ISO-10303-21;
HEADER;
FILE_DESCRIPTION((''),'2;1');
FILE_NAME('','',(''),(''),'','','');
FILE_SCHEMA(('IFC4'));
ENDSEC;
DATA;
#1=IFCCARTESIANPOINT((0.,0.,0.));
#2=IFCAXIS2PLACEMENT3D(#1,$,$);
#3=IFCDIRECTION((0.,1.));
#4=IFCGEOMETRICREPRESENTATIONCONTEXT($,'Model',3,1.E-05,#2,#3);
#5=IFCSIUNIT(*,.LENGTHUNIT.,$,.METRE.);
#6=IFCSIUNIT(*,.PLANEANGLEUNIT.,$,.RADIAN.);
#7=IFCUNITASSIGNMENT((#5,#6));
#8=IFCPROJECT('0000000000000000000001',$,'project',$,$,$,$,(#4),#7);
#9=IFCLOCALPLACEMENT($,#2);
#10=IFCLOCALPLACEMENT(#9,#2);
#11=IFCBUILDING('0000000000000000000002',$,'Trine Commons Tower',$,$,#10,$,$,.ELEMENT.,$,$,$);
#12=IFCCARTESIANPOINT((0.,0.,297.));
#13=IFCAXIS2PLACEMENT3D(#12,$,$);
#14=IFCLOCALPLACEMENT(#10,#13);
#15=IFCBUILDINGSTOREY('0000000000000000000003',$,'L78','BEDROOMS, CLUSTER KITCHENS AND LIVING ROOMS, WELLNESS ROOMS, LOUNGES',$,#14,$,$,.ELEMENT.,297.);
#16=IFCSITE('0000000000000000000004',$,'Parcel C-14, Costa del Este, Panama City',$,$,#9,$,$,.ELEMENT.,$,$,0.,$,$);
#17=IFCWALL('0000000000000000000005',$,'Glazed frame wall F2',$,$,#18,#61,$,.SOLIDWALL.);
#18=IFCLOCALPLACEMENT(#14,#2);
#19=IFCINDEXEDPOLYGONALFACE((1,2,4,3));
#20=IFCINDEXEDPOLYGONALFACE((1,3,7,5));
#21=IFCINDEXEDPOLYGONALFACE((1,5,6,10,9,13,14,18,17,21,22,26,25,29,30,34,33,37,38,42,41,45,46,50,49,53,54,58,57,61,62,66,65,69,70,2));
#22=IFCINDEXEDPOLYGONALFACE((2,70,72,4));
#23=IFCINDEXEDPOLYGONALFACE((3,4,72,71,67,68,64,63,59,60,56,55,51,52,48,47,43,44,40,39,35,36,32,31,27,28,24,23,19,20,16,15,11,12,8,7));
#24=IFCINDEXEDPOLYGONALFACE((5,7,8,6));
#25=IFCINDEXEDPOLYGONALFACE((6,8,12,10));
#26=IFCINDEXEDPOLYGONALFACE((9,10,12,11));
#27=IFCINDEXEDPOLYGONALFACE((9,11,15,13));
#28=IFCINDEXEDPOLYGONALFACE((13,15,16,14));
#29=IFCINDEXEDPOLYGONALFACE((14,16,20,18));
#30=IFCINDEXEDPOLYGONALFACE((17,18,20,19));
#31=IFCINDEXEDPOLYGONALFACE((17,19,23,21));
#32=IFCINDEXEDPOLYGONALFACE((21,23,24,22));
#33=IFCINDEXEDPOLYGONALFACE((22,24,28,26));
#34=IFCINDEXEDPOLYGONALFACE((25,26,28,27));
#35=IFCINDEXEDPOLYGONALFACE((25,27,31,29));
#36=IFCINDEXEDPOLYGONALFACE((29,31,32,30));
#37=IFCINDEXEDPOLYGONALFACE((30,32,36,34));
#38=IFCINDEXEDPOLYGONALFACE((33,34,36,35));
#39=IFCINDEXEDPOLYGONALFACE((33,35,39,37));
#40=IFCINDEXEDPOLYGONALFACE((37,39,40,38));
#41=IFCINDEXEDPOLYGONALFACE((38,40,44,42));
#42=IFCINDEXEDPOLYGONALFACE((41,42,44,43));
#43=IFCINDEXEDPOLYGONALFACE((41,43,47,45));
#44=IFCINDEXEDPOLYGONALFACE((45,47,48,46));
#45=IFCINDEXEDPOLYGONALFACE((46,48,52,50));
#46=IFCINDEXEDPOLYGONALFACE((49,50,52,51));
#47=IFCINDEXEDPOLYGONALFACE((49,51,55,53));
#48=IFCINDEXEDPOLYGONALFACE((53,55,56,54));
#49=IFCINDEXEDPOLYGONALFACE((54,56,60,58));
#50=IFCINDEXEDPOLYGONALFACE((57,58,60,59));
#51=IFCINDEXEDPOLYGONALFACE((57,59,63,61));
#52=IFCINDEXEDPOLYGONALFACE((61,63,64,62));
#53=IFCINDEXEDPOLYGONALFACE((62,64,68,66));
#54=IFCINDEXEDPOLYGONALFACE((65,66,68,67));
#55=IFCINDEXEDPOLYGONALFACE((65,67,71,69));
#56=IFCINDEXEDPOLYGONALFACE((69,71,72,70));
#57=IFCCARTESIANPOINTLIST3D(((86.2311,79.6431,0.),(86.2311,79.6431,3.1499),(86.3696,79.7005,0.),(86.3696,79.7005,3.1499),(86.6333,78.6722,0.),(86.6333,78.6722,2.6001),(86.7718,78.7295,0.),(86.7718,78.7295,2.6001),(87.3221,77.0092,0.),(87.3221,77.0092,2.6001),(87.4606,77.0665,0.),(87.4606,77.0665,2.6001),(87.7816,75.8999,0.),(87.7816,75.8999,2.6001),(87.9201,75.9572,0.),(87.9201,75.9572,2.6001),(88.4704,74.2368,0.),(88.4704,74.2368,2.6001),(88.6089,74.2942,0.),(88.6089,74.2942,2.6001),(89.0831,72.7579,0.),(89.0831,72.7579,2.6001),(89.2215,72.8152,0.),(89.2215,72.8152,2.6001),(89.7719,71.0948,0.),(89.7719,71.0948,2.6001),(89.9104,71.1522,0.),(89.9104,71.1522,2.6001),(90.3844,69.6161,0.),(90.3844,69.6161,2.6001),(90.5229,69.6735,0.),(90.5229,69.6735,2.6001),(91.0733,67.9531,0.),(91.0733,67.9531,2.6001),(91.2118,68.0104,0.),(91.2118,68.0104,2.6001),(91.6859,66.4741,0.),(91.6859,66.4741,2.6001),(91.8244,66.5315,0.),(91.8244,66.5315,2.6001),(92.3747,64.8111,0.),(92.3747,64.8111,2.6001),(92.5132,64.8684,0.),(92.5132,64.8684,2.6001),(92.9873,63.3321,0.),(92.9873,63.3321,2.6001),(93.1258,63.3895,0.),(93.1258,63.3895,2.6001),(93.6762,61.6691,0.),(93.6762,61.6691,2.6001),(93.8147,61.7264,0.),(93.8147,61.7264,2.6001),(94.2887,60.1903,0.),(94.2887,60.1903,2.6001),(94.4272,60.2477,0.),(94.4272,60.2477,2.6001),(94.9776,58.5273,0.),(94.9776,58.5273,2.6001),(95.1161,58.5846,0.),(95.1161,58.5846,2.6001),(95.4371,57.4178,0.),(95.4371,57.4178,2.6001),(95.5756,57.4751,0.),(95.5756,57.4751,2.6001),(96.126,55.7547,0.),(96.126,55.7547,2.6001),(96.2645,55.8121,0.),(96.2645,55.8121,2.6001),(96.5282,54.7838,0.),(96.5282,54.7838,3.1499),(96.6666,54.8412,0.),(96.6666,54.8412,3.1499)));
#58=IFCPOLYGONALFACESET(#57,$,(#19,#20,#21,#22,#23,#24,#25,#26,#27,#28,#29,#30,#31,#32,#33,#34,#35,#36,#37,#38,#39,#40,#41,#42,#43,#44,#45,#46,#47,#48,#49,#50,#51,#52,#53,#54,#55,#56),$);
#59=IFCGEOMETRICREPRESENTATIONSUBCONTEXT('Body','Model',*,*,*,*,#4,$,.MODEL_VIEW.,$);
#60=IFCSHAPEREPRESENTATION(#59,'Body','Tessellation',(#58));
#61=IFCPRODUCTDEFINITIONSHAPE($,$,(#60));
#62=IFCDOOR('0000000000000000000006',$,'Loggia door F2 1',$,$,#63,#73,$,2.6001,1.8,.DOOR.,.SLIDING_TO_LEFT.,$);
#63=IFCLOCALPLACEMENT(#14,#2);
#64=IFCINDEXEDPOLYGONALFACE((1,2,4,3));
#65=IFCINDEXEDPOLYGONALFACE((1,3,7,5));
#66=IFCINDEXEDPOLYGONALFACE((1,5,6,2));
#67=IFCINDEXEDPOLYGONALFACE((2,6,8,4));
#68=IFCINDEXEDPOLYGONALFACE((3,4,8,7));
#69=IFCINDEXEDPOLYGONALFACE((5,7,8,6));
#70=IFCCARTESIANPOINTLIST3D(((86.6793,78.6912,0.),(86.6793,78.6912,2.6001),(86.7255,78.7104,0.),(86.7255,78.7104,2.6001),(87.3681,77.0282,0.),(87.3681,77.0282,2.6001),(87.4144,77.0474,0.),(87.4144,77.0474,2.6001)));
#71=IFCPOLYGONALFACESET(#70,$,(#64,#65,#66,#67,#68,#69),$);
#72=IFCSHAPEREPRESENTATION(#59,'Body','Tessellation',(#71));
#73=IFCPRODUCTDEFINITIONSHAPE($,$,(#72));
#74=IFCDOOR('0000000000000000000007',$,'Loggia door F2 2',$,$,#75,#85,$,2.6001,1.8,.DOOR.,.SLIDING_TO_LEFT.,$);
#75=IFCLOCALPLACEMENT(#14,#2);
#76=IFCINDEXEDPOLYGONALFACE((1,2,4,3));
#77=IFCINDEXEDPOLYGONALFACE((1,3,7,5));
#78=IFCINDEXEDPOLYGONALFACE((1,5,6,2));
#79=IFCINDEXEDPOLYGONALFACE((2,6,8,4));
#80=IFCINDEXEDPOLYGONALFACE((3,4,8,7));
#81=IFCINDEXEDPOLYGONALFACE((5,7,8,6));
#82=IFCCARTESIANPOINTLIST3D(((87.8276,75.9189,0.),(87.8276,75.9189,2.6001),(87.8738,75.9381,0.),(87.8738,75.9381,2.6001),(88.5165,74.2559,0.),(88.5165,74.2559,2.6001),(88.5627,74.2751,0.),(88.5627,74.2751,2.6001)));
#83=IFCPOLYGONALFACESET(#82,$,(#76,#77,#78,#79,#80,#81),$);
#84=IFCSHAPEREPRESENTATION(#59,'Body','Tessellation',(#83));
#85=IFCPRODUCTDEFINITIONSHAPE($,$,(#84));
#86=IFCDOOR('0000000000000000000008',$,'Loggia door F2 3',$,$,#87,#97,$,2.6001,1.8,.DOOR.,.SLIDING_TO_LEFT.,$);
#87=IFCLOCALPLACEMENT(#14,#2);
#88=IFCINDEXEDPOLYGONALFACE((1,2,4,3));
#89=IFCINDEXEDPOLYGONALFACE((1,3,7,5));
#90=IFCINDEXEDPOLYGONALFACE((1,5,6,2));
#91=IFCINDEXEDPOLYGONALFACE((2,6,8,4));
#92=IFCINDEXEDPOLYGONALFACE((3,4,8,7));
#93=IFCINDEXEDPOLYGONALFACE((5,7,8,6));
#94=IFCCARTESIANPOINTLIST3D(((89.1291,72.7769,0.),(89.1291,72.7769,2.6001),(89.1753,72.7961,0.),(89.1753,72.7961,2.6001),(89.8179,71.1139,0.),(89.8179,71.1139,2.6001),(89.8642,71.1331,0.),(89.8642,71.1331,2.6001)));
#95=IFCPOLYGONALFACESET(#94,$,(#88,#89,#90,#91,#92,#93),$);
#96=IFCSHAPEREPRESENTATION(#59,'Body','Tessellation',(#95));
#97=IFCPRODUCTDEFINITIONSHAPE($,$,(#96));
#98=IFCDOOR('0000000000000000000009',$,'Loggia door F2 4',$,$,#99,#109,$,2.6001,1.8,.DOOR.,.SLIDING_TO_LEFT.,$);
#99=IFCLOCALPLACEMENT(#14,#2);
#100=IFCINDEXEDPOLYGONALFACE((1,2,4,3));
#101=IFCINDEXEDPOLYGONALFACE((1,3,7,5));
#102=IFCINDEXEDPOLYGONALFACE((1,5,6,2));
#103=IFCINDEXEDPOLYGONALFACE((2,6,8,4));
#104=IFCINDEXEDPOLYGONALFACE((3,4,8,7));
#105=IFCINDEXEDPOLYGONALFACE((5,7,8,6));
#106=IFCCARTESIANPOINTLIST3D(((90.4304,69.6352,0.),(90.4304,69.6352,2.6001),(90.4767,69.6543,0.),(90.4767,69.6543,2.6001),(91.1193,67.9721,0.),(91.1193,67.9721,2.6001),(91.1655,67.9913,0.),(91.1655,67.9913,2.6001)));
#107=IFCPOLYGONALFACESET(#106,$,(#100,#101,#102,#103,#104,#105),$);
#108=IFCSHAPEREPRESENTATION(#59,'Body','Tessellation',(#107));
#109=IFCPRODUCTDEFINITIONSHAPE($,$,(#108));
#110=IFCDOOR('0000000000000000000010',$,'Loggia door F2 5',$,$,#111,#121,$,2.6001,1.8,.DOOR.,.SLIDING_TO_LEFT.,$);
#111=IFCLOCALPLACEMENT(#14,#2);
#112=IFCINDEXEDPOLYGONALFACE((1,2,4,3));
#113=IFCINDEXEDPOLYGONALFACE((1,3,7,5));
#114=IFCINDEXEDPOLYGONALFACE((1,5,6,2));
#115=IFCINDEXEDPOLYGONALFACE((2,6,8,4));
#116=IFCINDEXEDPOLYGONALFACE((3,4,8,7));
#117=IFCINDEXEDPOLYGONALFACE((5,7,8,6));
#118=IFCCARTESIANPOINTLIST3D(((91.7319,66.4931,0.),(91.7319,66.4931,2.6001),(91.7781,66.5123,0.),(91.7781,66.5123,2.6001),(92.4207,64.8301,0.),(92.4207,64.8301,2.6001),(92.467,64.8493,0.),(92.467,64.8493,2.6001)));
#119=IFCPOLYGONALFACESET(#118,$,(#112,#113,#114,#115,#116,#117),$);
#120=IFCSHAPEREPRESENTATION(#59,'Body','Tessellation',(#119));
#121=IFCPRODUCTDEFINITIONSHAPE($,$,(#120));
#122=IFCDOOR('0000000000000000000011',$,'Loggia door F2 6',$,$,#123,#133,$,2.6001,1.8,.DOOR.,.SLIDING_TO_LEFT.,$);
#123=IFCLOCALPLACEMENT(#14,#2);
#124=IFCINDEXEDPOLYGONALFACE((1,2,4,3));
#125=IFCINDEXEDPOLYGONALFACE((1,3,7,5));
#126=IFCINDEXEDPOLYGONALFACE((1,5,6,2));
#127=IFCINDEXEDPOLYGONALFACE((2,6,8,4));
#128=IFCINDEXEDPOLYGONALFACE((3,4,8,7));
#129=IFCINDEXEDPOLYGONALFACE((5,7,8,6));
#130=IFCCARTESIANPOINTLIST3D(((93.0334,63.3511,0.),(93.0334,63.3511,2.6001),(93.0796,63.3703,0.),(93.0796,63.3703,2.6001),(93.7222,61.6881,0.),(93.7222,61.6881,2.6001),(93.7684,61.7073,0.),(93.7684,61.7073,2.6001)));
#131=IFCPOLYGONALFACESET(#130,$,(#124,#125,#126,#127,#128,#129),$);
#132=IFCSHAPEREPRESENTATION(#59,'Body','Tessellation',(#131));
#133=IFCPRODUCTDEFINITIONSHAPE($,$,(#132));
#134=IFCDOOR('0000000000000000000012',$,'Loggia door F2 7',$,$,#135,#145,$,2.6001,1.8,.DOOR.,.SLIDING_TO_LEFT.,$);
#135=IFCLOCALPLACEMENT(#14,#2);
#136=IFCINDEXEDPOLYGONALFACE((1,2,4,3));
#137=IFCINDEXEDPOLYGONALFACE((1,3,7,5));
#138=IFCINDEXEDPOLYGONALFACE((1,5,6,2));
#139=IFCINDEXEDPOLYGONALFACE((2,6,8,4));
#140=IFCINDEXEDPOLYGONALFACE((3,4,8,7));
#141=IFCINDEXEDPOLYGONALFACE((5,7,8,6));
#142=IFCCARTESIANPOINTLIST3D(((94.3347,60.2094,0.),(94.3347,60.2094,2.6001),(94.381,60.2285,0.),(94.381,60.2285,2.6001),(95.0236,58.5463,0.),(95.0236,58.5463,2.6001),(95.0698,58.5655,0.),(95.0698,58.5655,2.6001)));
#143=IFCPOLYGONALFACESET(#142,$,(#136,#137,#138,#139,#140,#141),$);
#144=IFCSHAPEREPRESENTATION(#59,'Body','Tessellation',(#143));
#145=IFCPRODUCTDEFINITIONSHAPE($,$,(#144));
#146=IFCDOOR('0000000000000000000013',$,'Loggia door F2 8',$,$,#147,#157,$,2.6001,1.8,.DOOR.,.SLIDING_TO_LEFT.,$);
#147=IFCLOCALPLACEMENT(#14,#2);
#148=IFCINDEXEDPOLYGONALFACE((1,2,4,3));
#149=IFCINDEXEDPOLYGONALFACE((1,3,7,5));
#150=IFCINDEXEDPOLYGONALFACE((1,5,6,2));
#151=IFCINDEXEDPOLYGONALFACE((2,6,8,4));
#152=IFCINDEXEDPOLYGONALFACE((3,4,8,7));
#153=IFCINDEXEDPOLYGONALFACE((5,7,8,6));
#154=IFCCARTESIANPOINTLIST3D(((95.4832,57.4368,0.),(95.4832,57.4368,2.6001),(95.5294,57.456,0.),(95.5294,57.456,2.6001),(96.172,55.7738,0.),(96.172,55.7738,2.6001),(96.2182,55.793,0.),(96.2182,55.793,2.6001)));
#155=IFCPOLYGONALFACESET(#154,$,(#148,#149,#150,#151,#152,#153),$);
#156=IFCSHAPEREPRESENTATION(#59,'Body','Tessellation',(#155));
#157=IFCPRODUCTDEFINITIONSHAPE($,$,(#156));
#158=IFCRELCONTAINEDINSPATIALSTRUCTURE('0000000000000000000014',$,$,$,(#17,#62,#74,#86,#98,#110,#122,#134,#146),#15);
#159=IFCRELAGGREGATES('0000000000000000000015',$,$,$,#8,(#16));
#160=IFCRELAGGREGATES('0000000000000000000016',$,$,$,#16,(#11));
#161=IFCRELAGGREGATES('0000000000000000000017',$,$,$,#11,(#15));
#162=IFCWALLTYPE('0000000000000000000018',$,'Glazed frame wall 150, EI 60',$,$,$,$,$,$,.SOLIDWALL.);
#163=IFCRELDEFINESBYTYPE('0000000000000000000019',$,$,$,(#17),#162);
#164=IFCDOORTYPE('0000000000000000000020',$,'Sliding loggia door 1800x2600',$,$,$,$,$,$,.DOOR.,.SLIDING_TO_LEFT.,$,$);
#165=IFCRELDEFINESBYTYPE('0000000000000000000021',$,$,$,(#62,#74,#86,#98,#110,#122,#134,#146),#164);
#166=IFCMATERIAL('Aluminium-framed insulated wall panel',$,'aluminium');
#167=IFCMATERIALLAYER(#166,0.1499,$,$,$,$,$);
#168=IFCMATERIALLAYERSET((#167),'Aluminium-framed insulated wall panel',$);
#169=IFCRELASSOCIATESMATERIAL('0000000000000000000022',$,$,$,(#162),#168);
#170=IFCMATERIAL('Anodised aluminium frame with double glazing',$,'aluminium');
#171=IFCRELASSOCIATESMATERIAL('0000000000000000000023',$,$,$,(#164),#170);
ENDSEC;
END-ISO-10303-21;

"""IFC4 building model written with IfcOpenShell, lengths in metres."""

from ifc_helpers import new_model, si_unit, direction, frame, frame_2d, origin, place, context, subcontext, project, spatial, polyline, rectangle, outline, extrude, material, layer, layer_set, type_object, element, fill, save


model = new_model("IFC4")

# Units and contexts
model_context = context("Model", 3, precision=1e-05, world=origin(), true_north=direction((0.0, 1.0)))
body_context = subcontext(model_context, "Body", "Model", "MODEL_VIEW")
ifc_project = project(units=[si_unit("LENGTHUNIT", "METRE"), si_unit("PLANEANGLEUNIT", "RADIAN")], contexts=[model_context])

# Site, building, storey
site_placement = place(None, origin())
site = spatial("IfcSite", under=ifc_project, at=site_placement, Name="Parcel C-14, Costa del Este, Panama City", CompositionType="ELEMENT", RefElevation=0.0)
building_placement = place(site_placement, origin())
building = spatial("IfcBuilding", under=site, at=building_placement, Name="Trine Commons Tower", CompositionType="ELEMENT")
storey_placement = place(building_placement, frame((0.0, 0.0, 297.0)))
storey = spatial("IfcBuildingStorey", under=building, at=storey_placement, Name="L78", Description="BEDROOMS, CLUSTER KITCHENS AND LIVING ROOMS, WELLNESS ROOMS, LOUNGES", CompositionType="ELEMENT", Elevation=297.0)

# Shared definitions
ifc_material_1 = material(Name="Aluminium-framed insulated wall panel", Category="aluminium")
ifc_layer_1 = layer(ifc_material_1, 0.1499)
ifc_layer_set_1 = layer_set([ifc_layer_1], Name="Aluminium-framed insulated wall panel")
wall_type_1 = type_object("IfcWallType", Name="Glazed frame wall 150, EI 60", PredefinedType="SOLIDWALL", material=ifc_layer_set_1)
ifc_material_2 = material(Name="Anodised aluminium frame with double glazing", Category="aluminium")
door_type = type_object("IfcDoorType", Name="Sliding loggia door 1800x2600", OperationType="SLIDING_TO_LEFT", PredefinedType="DOOR", material=ifc_material_2)

# Wall, openings, doors
wall_1_placement = place(storey_placement, frame((86.2432, 79.8098, 0.0), z_axis=(0.0, 0.0, 1.0), x_axis=(0.382684, -0.923879, 0.0)))
wall_1 = element("IfcWall", 1, at=wall_1_placement, inside=storey, type_object=wall_type_1, Name="Glazed frame wall F2", PredefinedType="SOLIDWALL", context=body_context, shape_type="SweptSolid", body=[
    extrude(outline(polyline([(0.1494, 0.075), (0.1494, -0.075), (27.0569, -0.075), (27.0569, 0.075), (0.1494, 0.075)])), origin(), (0.0, 0.0, 1.0), 3.1499),
])
opening_1_placement = place(wall_1_placement, frame((1.2004, 0.0, 0.0)))
opening_1 = element("IfcOpeningElement", 2, at=opening_1_placement, cuts=wall_1, PredefinedType="OPENING", context=body_context, shape_type="SweptSolid", body=[
    extrude(rectangle(XDim=1.8, YDim=2.6001, at=frame_2d((0.8999, 1.3))), frame((0.0, 0.085, 0.0), z_axis=(0.0, -1.0, 0.0), x_axis=(1.0, 0.0, 0.0)), (0.0, 0.0, 1.0), 0.1699),
])
opening_2_placement = place(wall_1_placement, frame((4.2012, 0.0, 0.0)))
opening_2 = element("IfcOpeningElement", 3, at=opening_2_placement, cuts=wall_1, PredefinedType="OPENING", context=body_context, shape_type="SweptSolid", body=[
    extrude(rectangle(XDim=1.8, YDim=2.6001, at=frame_2d((0.8999, 1.3))), frame((0.0, 0.085, 0.0), z_axis=(0.0, -1.0, 0.0), x_axis=(1.0, 0.0, 0.0)), (0.0, 0.0, 1.0), 0.1699),
])
opening_3_placement = place(wall_1_placement, frame((7.6021, 0.0, 0.0)))
opening_3 = element("IfcOpeningElement", 4, at=opening_3_placement, cuts=wall_1, PredefinedType="OPENING", context=body_context, shape_type="SweptSolid", body=[
    extrude(rectangle(XDim=1.8, YDim=2.6001, at=frame_2d((0.8999, 1.3))), frame((0.0, 0.085, 0.0), z_axis=(0.0, -1.0, 0.0), x_axis=(1.0, 0.0, 0.0)), (0.0, 0.0, 1.0), 0.1699),
])
opening_4_placement = place(wall_1_placement, frame((11.0027, 0.0, 0.0)))
opening_4 = element("IfcOpeningElement", 5, at=opening_4_placement, cuts=wall_1, PredefinedType="OPENING", context=body_context, shape_type="SweptSolid", body=[
    extrude(rectangle(XDim=1.8, YDim=2.6001, at=frame_2d((0.8999, 1.3))), frame((0.0, 0.085, 0.0), z_axis=(0.0, -1.0, 0.0), x_axis=(1.0, 0.0, 0.0)), (0.0, 0.0, 1.0), 0.1699),
])
opening_5_placement = place(wall_1_placement, frame((14.4036, 0.0, 0.0)))
opening_5 = element("IfcOpeningElement", 6, at=opening_5_placement, cuts=wall_1, PredefinedType="OPENING", context=body_context, shape_type="SweptSolid", body=[
    extrude(rectangle(XDim=1.8, YDim=2.6001, at=frame_2d((0.8999, 1.3))), frame((0.0, 0.085, 0.0), z_axis=(0.0, -1.0, 0.0), x_axis=(1.0, 0.0, 0.0)), (0.0, 0.0, 1.0), 0.1699),
])
opening_6_placement = place(wall_1_placement, frame((17.8044, 0.0, 0.0)))
opening_6 = element("IfcOpeningElement", 7, at=opening_6_placement, cuts=wall_1, PredefinedType="OPENING", context=body_context, shape_type="SweptSolid", body=[
    extrude(rectangle(XDim=1.8, YDim=2.6001, at=frame_2d((0.8999, 1.3))), frame((0.0, 0.085, 0.0), z_axis=(0.0, -1.0, 0.0), x_axis=(1.0, 0.0, 0.0)), (0.0, 0.0, 1.0), 0.1699),
])
opening_7_placement = place(wall_1_placement, frame((21.2051, 0.0, 0.0)))
opening_7 = element("IfcOpeningElement", 8, at=opening_7_placement, cuts=wall_1, PredefinedType="OPENING", context=body_context, shape_type="SweptSolid", body=[
    extrude(rectangle(XDim=1.8, YDim=2.6001, at=frame_2d((0.8999, 1.3))), frame((0.0, 0.085, 0.0), z_axis=(0.0, -1.0, 0.0), x_axis=(1.0, 0.0, 0.0)), (0.0, 0.0, 1.0), 0.1699),
])
opening_8_placement = place(wall_1_placement, frame((24.2061, 0.0, 0.0)))
opening_8 = element("IfcOpeningElement", 9, at=opening_8_placement, cuts=wall_1, PredefinedType="OPENING", context=body_context, shape_type="SweptSolid", body=[
    extrude(rectangle(XDim=1.8, YDim=2.6001, at=frame_2d((0.8999, 1.3))), frame((0.0, 0.085, 0.0), z_axis=(0.0, -1.0, 0.0), x_axis=(1.0, 0.0, 0.0)), (0.0, 0.0, 1.0), 0.1699),
])
door_1_placement = place(opening_1_placement, origin())
door_1 = element("IfcDoor", 10, at=door_1_placement, inside=storey, type_object=door_type, Name="Loggia door F2 1", OperationType="SLIDING_TO_LEFT", OverallHeight=2.6001, OverallWidth=1.8, PredefinedType="DOOR", context=body_context, shape_type="SweptSolid", body=[
    extrude(rectangle(XDim=1.8, YDim=2.6001, at=frame_2d((0.8999, 1.3))), frame((0.0, 0.0249, 0.0), z_axis=(0.0, -1.0, 0.0), x_axis=(1.0, 0.0, 0.0)), (0.0, 0.0, 1.0), 0.05),
])
fill(opening_1, door_1)
door_2_placement = place(opening_2_placement, origin())
door_2 = element("IfcDoor", 11, at=door_2_placement, inside=storey, type_object=door_type, Name="Loggia door F2 2", OperationType="SLIDING_TO_LEFT", OverallHeight=2.6001, OverallWidth=1.8, PredefinedType="DOOR", context=body_context, shape_type="SweptSolid", body=[
    extrude(rectangle(XDim=1.8, YDim=2.6001, at=frame_2d((0.8999, 1.3))), frame((0.0, 0.0249, 0.0), z_axis=(0.0, -1.0, 0.0), x_axis=(1.0, 0.0, 0.0)), (0.0, 0.0, 1.0), 0.05),
])
fill(opening_2, door_2)
door_3_placement = place(opening_3_placement, origin())
door_3 = element("IfcDoor", 12, at=door_3_placement, inside=storey, type_object=door_type, Name="Loggia door F2 3", OperationType="SLIDING_TO_LEFT", OverallHeight=2.6001, OverallWidth=1.8, PredefinedType="DOOR", context=body_context, shape_type="SweptSolid", body=[
    extrude(rectangle(XDim=1.8, YDim=2.6001, at=frame_2d((0.8999, 1.3))), frame((0.0, 0.0249, 0.0), z_axis=(0.0, -1.0, 0.0), x_axis=(1.0, 0.0, 0.0)), (0.0, 0.0, 1.0), 0.05),
])
fill(opening_3, door_3)
door_4_placement = place(opening_4_placement, origin())
door_4 = element("IfcDoor", 13, at=door_4_placement, inside=storey, type_object=door_type, Name="Loggia door F2 4", OperationType="SLIDING_TO_LEFT", OverallHeight=2.6001, OverallWidth=1.8, PredefinedType="DOOR", context=body_context, shape_type="SweptSolid", body=[
    extrude(rectangle(XDim=1.8, YDim=2.6001, at=frame_2d((0.8999, 1.3))), frame((0.0, 0.0249, 0.0), z_axis=(0.0, -1.0, 0.0), x_axis=(1.0, 0.0, 0.0)), (0.0, 0.0, 1.0), 0.05),
])
fill(opening_4, door_4)
door_5_placement = place(opening_5_placement, origin())
door_5 = element("IfcDoor", 14, at=door_5_placement, inside=storey, type_object=door_type, Name="Loggia door F2 5", OperationType="SLIDING_TO_LEFT", OverallHeight=2.6001, OverallWidth=1.8, PredefinedType="DOOR", context=body_context, shape_type="SweptSolid", body=[
    extrude(rectangle(XDim=1.8, YDim=2.6001, at=frame_2d((0.8999, 1.3))), frame((0.0, 0.0249, 0.0), z_axis=(0.0, -1.0, 0.0), x_axis=(1.0, 0.0, 0.0)), (0.0, 0.0, 1.0), 0.05),
])
fill(opening_5, door_5)
door_6_placement = place(opening_6_placement, origin())
door_6 = element("IfcDoor", 15, at=door_6_placement, inside=storey, type_object=door_type, Name="Loggia door F2 6", OperationType="SLIDING_TO_LEFT", OverallHeight=2.6001, OverallWidth=1.8, PredefinedType="DOOR", context=body_context, shape_type="SweptSolid", body=[
    extrude(rectangle(XDim=1.8, YDim=2.6001, at=frame_2d((0.8999, 1.3))), frame((0.0, 0.0249, 0.0), z_axis=(0.0, -1.0, 0.0), x_axis=(1.0, 0.0, 0.0)), (0.0, 0.0, 1.0), 0.05),
])
fill(opening_6, door_6)
door_7_placement = place(opening_7_placement, origin())
door_7 = element("IfcDoor", 16, at=door_7_placement, inside=storey, type_object=door_type, Name="Loggia door F2 7", OperationType="SLIDING_TO_LEFT", OverallHeight=2.6001, OverallWidth=1.8, PredefinedType="DOOR", context=body_context, shape_type="SweptSolid", body=[
    extrude(rectangle(XDim=1.8, YDim=2.6001, at=frame_2d((0.8999, 1.3))), frame((0.0, 0.0249, 0.0), z_axis=(0.0, -1.0, 0.0), x_axis=(1.0, 0.0, 0.0)), (0.0, 0.0, 1.0), 0.05),
])
fill(opening_7, door_7)
door_8_placement = place(opening_8_placement, origin())
door_8 = element("IfcDoor", 17, at=door_8_placement, inside=storey, type_object=door_type, Name="Loggia door F2 8", OperationType="SLIDING_TO_LEFT", OverallHeight=2.6001, OverallWidth=1.8, PredefinedType="DOOR", context=body_context, shape_type="SweptSolid", body=[
    extrude(rectangle(XDim=1.8, YDim=2.6001, at=frame_2d((0.8999, 1.3))), frame((0.0, 0.0249, 0.0), z_axis=(0.0, -1.0, 0.0), x_axis=(1.0, 0.0, 0.0)), (0.0, 0.0, 1.0), 0.05),
])
fill(opening_8, door_8)

save(model, "model.ifc")
